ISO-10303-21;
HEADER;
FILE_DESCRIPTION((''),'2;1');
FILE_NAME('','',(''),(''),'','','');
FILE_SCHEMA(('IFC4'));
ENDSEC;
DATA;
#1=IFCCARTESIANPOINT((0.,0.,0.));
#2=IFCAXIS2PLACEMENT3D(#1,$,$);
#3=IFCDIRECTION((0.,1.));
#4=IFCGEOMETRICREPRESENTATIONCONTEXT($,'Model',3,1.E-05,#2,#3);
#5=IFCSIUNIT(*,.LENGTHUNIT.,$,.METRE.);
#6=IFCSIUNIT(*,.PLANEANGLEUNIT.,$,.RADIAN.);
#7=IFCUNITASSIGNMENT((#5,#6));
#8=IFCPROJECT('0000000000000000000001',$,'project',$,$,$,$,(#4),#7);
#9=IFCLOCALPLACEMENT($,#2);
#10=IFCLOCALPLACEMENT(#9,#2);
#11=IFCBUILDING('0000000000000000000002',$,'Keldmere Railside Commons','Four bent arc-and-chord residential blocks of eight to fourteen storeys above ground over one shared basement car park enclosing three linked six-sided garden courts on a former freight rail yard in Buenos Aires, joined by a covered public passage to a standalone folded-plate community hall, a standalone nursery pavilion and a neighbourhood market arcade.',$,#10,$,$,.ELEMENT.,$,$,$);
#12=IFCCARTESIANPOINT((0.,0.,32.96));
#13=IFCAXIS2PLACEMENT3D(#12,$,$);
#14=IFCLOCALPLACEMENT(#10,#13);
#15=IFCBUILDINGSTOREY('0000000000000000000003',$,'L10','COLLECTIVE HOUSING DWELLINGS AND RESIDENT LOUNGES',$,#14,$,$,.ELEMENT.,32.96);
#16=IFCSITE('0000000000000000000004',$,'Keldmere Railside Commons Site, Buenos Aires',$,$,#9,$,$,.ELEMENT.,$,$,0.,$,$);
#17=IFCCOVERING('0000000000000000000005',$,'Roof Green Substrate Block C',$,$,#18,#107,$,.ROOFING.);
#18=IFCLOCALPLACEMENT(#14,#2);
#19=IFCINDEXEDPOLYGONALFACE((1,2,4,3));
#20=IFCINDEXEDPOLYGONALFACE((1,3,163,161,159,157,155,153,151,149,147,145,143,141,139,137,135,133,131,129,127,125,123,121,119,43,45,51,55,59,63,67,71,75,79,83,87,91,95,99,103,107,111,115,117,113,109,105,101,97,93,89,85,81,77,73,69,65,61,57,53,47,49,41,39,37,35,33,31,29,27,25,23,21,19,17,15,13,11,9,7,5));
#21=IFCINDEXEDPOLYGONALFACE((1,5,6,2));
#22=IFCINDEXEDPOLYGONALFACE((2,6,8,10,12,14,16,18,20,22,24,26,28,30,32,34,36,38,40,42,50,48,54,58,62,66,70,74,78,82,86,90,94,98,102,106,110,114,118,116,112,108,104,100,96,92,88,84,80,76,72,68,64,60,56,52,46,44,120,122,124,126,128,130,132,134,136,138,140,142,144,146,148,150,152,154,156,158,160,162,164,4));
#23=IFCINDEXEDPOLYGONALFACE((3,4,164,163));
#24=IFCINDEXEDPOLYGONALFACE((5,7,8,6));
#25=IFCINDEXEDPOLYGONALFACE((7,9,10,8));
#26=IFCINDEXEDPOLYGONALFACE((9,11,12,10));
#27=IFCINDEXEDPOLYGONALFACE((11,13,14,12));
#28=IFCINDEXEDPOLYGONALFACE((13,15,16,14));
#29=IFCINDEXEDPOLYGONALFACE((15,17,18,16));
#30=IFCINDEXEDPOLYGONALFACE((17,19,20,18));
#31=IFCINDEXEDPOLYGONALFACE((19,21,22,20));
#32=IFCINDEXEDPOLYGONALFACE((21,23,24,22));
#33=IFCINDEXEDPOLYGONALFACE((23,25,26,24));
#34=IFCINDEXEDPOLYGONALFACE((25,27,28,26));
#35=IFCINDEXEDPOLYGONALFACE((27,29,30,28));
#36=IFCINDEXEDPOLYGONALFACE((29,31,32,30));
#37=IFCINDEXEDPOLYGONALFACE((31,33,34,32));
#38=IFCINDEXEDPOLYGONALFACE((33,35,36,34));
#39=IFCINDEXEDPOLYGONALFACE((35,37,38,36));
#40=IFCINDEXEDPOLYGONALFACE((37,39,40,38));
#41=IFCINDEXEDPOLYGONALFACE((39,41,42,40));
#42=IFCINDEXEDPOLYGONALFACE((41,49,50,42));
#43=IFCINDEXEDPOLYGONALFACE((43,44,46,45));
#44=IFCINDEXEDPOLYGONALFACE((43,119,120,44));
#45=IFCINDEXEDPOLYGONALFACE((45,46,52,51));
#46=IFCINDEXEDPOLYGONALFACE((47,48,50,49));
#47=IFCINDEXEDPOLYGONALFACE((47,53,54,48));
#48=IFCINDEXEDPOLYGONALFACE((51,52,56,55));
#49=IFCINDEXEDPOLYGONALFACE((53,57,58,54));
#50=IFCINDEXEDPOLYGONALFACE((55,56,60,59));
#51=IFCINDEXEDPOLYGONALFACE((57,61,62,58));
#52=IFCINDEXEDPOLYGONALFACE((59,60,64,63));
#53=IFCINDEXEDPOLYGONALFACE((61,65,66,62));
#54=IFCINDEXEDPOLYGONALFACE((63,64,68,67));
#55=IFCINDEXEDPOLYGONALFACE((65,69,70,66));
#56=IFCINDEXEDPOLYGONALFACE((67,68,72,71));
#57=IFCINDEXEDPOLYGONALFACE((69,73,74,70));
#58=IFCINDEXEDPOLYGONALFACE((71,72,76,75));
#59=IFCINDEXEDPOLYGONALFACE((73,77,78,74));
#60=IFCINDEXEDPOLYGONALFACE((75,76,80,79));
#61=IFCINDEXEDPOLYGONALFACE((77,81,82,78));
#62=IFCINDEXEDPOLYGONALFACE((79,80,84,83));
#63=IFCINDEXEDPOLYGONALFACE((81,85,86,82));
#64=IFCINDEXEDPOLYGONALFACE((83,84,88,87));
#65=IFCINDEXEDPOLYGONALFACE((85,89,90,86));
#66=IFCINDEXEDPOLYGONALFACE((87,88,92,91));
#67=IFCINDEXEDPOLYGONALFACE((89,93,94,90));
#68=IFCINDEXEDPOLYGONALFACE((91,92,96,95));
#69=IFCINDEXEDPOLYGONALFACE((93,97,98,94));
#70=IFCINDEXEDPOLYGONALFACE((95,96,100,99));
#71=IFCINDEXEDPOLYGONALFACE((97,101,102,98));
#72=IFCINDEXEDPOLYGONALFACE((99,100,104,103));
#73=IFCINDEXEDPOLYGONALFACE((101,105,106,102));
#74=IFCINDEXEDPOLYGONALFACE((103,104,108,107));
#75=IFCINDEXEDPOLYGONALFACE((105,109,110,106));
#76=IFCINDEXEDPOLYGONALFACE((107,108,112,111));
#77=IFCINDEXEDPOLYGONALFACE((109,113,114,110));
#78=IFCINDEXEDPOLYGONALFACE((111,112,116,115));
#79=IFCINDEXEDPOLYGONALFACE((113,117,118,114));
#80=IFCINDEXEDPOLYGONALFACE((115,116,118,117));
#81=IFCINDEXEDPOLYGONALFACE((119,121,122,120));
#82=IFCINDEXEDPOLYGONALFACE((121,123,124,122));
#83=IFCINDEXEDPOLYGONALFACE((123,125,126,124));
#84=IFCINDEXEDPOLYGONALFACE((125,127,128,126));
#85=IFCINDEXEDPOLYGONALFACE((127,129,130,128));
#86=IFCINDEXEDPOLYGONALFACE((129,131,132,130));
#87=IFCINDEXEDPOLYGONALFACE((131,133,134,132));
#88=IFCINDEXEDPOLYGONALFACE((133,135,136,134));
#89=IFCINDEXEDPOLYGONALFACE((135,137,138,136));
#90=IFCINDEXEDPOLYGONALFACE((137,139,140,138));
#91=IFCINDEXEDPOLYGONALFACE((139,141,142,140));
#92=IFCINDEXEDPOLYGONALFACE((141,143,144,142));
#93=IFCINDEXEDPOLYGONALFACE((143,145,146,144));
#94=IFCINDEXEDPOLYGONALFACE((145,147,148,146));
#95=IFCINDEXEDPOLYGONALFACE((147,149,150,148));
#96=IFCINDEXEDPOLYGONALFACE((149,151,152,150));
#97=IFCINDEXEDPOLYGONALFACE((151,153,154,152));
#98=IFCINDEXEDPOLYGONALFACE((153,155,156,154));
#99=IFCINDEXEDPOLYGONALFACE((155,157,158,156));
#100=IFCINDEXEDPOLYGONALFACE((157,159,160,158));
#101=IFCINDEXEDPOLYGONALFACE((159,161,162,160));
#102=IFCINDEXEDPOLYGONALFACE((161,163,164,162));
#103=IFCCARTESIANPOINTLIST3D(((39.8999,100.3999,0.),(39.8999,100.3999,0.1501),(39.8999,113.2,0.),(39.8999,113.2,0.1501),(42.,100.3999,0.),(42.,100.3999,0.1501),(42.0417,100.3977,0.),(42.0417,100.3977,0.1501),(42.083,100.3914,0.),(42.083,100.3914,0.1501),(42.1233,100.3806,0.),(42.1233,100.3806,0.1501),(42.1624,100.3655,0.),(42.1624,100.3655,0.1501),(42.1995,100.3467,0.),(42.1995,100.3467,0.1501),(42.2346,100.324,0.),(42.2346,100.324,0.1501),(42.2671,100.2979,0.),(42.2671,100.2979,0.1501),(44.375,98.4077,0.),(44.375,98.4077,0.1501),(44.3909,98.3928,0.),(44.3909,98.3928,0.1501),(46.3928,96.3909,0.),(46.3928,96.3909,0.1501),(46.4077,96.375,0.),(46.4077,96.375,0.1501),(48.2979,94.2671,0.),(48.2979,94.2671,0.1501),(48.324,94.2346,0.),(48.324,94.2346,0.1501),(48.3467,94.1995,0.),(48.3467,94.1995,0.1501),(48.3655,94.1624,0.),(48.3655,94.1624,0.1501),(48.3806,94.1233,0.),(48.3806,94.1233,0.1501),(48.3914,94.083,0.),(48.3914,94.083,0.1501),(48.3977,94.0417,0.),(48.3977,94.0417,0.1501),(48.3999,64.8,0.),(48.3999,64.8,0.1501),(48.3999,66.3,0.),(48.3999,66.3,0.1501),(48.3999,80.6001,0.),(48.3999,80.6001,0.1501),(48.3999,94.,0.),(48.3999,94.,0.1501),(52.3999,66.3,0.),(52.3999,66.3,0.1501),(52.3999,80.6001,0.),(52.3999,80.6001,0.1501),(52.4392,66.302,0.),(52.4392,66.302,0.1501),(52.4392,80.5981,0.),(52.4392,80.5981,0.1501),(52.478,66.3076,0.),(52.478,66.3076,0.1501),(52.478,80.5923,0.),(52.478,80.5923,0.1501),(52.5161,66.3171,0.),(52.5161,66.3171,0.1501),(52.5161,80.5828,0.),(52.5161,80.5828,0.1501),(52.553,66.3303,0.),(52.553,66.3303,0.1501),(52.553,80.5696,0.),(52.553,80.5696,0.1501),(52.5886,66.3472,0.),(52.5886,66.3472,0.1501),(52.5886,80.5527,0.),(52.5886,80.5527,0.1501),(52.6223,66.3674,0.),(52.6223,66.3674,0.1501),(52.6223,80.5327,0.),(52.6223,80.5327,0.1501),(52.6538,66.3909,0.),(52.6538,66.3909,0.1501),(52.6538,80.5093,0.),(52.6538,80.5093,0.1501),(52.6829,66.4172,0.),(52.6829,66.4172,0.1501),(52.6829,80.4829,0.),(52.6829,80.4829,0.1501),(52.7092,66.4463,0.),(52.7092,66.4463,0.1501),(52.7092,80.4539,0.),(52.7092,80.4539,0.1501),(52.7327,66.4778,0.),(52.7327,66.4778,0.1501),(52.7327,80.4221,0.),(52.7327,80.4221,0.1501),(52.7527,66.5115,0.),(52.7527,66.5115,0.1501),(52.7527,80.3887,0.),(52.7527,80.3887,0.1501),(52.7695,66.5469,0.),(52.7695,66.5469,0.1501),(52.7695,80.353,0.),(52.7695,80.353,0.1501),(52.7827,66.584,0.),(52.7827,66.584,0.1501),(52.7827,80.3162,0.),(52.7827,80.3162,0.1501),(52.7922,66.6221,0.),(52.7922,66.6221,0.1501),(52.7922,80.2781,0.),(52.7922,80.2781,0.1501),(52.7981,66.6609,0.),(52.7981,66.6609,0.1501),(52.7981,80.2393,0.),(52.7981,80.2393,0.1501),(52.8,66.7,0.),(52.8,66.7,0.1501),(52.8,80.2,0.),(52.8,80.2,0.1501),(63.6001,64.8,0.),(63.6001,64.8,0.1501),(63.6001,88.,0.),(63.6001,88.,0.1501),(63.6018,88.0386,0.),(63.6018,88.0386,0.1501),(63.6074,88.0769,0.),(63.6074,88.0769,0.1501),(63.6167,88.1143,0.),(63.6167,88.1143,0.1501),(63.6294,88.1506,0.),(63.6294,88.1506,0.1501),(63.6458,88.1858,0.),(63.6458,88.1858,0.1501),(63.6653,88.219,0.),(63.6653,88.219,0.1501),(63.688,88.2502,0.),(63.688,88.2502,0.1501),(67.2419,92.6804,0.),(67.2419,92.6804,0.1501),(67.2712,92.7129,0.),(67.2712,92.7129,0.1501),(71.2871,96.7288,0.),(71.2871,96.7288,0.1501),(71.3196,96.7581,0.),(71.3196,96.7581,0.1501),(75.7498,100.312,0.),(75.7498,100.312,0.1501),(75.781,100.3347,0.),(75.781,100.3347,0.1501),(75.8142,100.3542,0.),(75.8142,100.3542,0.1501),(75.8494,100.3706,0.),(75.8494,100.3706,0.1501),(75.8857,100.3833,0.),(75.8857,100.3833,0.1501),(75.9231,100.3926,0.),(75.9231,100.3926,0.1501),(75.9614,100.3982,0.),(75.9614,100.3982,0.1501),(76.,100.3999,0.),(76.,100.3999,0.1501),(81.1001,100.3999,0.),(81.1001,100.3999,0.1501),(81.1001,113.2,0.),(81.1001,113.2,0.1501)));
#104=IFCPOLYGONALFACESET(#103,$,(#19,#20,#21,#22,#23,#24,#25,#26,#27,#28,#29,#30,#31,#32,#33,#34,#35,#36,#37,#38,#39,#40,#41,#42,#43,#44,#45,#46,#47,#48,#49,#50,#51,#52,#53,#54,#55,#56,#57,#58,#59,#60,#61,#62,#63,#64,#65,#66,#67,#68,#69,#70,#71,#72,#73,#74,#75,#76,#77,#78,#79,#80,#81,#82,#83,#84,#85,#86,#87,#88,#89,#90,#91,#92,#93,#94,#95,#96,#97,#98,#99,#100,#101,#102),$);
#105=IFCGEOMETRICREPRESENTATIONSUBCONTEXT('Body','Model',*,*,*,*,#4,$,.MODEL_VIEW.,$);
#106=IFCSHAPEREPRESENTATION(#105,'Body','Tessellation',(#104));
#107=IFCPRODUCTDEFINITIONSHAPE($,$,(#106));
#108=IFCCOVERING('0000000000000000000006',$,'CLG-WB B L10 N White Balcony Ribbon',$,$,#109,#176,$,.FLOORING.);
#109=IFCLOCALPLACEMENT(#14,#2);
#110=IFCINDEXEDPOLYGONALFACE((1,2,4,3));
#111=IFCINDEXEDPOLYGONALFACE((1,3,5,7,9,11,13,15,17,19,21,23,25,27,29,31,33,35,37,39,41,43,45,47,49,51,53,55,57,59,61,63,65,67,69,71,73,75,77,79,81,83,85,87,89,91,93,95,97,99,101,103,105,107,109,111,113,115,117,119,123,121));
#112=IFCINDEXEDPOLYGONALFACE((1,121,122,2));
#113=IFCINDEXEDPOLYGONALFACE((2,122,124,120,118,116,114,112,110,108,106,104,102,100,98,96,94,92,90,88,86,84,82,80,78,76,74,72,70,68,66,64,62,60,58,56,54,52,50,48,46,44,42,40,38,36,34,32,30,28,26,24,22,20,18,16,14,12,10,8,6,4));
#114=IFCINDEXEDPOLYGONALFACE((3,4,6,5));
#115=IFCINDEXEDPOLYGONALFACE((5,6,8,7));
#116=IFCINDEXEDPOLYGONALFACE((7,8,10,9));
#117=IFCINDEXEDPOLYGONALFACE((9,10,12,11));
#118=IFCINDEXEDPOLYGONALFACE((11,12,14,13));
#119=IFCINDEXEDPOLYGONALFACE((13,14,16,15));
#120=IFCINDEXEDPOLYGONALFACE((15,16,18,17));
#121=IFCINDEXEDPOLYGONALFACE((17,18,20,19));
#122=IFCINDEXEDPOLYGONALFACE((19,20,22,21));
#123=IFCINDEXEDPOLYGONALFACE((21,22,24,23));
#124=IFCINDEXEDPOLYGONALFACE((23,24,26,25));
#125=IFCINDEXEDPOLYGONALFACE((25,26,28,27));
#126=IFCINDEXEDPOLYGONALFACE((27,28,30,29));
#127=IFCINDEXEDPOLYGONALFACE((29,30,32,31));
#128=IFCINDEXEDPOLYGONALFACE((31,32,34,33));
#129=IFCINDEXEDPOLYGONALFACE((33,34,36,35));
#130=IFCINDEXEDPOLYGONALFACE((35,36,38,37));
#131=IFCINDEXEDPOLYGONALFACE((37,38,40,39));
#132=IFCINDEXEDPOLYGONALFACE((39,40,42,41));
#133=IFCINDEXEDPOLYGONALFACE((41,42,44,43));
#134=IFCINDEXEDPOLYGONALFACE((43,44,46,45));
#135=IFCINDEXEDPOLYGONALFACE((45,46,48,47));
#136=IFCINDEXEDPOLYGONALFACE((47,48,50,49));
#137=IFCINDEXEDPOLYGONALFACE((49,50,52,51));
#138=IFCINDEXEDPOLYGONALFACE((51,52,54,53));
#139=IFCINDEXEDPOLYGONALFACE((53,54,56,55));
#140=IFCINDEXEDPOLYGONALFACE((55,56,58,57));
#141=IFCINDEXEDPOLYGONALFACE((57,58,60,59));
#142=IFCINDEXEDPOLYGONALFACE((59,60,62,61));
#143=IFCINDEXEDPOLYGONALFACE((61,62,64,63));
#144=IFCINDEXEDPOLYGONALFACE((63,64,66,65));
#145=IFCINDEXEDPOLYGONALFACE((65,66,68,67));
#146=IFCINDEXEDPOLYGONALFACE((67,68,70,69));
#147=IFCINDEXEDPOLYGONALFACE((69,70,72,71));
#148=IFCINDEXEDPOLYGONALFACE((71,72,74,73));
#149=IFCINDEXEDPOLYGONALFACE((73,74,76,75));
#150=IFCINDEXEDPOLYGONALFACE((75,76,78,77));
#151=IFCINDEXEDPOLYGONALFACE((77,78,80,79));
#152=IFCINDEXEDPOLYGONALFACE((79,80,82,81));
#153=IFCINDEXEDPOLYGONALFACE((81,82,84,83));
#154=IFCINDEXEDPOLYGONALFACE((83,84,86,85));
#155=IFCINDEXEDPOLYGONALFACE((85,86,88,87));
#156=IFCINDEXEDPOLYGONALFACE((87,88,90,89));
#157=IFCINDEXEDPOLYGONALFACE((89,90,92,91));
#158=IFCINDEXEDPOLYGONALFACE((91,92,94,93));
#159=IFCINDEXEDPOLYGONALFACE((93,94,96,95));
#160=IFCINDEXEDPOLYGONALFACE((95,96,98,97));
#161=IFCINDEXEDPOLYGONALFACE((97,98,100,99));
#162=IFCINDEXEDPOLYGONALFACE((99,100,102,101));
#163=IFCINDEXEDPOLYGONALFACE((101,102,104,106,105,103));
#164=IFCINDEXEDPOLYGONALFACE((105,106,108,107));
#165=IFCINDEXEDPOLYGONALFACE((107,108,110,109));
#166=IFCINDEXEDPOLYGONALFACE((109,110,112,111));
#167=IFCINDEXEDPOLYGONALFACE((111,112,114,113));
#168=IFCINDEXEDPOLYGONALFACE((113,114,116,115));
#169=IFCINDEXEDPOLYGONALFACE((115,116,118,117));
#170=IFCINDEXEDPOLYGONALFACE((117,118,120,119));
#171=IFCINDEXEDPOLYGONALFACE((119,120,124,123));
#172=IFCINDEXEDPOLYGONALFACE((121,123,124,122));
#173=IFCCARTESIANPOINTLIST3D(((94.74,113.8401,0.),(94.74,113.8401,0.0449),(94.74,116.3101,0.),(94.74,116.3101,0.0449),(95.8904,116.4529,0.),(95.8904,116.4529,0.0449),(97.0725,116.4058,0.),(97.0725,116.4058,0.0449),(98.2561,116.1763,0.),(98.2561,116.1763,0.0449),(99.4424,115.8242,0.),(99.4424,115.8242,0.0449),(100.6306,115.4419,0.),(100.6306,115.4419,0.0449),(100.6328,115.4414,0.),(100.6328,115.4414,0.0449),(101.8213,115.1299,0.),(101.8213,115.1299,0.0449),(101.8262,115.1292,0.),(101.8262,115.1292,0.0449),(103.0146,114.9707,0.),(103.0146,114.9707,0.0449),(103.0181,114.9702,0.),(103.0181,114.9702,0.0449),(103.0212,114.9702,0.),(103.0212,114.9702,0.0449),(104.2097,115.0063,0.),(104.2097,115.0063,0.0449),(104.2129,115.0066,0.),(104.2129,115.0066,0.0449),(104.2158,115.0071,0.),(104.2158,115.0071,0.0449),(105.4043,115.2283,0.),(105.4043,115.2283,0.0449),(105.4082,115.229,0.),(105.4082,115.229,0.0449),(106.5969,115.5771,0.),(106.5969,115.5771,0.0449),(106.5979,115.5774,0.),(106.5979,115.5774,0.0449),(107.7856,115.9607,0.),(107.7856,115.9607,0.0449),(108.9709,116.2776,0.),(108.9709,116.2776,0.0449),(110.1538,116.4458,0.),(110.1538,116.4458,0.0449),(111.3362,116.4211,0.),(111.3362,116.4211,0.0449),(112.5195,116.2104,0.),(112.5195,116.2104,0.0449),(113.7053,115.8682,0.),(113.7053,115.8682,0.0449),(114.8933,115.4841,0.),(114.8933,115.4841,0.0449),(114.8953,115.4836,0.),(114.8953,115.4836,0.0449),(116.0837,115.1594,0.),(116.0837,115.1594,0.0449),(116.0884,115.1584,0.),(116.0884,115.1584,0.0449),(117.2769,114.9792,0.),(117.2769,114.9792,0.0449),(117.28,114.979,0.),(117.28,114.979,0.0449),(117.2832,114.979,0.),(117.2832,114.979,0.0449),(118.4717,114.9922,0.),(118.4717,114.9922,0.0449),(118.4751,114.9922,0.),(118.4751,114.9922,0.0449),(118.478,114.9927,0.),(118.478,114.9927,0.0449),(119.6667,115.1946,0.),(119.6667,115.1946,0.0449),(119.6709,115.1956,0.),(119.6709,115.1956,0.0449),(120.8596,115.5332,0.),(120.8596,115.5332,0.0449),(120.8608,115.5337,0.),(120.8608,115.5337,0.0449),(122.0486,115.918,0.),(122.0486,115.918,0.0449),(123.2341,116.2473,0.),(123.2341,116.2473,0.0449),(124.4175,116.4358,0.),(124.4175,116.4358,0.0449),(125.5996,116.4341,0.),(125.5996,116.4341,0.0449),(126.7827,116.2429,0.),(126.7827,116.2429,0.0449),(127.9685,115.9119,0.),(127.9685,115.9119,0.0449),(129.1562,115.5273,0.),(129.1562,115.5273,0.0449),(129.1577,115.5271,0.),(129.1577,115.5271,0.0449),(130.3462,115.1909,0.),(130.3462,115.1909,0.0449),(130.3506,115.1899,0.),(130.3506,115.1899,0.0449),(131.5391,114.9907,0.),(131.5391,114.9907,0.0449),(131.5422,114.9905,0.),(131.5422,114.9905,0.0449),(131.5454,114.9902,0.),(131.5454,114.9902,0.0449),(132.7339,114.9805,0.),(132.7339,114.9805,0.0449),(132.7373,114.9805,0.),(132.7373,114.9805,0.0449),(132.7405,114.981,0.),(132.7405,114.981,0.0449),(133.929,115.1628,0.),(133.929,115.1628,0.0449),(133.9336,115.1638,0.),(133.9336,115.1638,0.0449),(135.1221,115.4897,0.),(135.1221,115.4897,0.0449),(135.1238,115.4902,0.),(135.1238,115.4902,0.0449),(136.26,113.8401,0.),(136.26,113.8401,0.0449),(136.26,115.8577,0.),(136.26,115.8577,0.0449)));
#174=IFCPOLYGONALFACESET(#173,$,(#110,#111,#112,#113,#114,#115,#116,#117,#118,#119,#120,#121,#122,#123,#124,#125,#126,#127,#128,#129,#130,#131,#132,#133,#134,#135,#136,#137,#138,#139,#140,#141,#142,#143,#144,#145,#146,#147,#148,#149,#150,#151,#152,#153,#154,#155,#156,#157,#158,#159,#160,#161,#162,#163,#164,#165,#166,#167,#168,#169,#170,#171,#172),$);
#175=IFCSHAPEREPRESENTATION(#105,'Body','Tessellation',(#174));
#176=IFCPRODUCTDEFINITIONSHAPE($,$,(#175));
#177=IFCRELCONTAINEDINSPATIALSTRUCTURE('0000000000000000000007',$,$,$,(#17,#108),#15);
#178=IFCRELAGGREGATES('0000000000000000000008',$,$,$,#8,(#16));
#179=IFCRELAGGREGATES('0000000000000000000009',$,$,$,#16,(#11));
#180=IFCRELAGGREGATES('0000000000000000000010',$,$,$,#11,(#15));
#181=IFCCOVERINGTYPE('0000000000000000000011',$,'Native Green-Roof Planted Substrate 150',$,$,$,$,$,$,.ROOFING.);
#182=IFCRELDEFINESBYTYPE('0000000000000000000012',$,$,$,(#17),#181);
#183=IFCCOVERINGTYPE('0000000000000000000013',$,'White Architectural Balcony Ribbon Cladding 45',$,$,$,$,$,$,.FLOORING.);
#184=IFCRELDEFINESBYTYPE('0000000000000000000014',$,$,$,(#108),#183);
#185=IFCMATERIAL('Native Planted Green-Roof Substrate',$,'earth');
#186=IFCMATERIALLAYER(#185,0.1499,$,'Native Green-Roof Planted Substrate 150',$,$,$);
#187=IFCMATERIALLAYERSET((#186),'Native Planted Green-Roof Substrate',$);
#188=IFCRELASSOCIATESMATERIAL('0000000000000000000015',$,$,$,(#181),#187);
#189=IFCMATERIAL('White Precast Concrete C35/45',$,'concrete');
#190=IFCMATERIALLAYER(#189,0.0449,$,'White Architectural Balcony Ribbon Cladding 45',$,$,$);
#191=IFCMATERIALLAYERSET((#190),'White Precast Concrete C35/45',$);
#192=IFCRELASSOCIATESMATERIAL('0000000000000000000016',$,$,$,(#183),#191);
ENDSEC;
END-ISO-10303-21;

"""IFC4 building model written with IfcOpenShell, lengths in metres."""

from ifc_helpers import new_model, si_unit, direction, frame, origin, place, context, subcontext, project, spatial, polyline, outline, extrude, material, layer, layer_set, type_object, element, save


model = new_model("IFC4")

# Units and contexts
model_context = context("Model", 3, precision=1e-05, world=origin(), true_north=direction((0.0, 1.0)))
body_context = subcontext(model_context, "Body", "Model", "MODEL_VIEW")
ifc_project = project(units=[si_unit("LENGTHUNIT", "METRE"), si_unit("PLANEANGLEUNIT", "RADIAN")], contexts=[model_context])

# Site, building, storey
site_placement = place(None, origin())
site = spatial("IfcSite", under=ifc_project, at=site_placement, Name="Keldmere Railside Commons Site, Buenos Aires", CompositionType="ELEMENT", RefElevation=0.0)
building_placement = place(site_placement, origin())
building = spatial("IfcBuilding", under=site, at=building_placement, Name="Keldmere Railside Commons", Description="Four bent arc-and-chord residential blocks of eight to fourteen storeys above ground over one shared basement car park enclosing three linked six-sided garden courts on a former freight rail yard in Buenos Aires, joined by a covered public passage to a standalone folded-plate community hall, a standalone nursery pavilion and a neighbourhood market arcade.", CompositionType="ELEMENT")
storey_placement = place(building_placement, frame((0.0, 0.0, 32.96)))
storey = spatial("IfcBuildingStorey", under=building, at=storey_placement, Name="L10", Description="COLLECTIVE HOUSING DWELLINGS AND RESIDENT LOUNGES", CompositionType="ELEMENT", Elevation=32.96)

# Coverings
ifc_material_1 = material(Name="Native Planted Green-Roof Substrate", Category="earth")
ifc_layer_1 = layer(ifc_material_1, 0.1499, Name="Native Green-Roof Planted Substrate 150")
ifc_layer_set_1 = layer_set([ifc_layer_1], Name="Native Planted Green-Roof Substrate")
covering_type_1 = type_object("IfcCoveringType", Name="Native Green-Roof Planted Substrate 150", PredefinedType="ROOFING", material=ifc_layer_set_1)
covering_1_placement = place(storey_placement, origin())
element("IfcCovering", 1, at=covering_1_placement, inside=storey, type_object=covering_type_1, Name="Roof Green Substrate Block C", PredefinedType="ROOFING", context=body_context, shape_type="SweptSolid", body=[
    extrude(outline(polyline([(48.3999, 80.6001), (52.3999, 80.6001), (52.4392, 80.5981), (52.478, 80.5923), (52.5161, 80.5828), (52.553, 80.5696), (52.5886, 80.5527), (52.6223, 80.5327), (52.6538, 80.5093), (52.6829, 80.4829), (52.7092, 80.4539), (52.7327, 80.4221), (52.7527, 80.3887), (52.7695, 80.353), (52.7827, 80.3162), (52.7922, 80.2781), (52.7981, 80.2393), (52.8, 80.2), (52.8, 66.7), (52.7981, 66.6609), (52.7922, 66.6221), (52.7827, 66.584), (52.7695, 66.5469), (52.7527, 66.5115), (52.7327, 66.4778), (52.7092, 66.4463), (52.6829, 66.4172), (52.6538, 66.3909), (52.6223, 66.3674), (52.5886, 66.3472), (52.553, 66.3303), (52.5161, 66.3171), (52.478, 66.3076), (52.4392, 66.302), (52.3999, 66.3), (48.3999, 66.3), (48.3999, 64.8), (63.6001, 64.8), (63.6001, 88.0), (63.6018, 88.0386), (63.6074, 88.0769), (63.6167, 88.1143), (63.6294, 88.1506), (63.6458, 88.1858), (63.6653, 88.219), (63.688, 88.2502), (67.2419, 92.6804), (67.2712, 92.7129), (71.2871, 96.7288), (71.3196, 96.7581), (75.7498, 100.312), (75.781, 100.3347), (75.8142, 100.3542), (75.8494, 100.3706), (75.8857, 100.3833), (75.9231, 100.3926), (75.9614, 100.3982), (76.0, 100.3999), (81.1001, 100.3999), (81.1001, 113.2), (39.8999, 113.2), (39.8999, 100.3999), (42.0, 100.3999), (42.0417, 100.3977), (42.083, 100.3914), (42.1233, 100.3806), (42.1624, 100.3655), (42.1995, 100.3467), (42.2346, 100.324), (42.2671, 100.2979), (44.375, 98.4077), (44.3909, 98.3928), (46.3928, 96.3909), (46.4077, 96.375), (48.2979, 94.2671), (48.324, 94.2346), (48.3467, 94.1995), (48.3655, 94.1624), (48.3806, 94.1233), (48.3914, 94.083), (48.3977, 94.0417), (48.3999, 94.0), (48.3999, 80.6001)])), origin(), (0.0, 0.0, 1.0), 0.1501),
])
ifc_material_2 = material(Name="White Precast Concrete C35/45", Category="concrete")
ifc_layer_2 = layer(ifc_material_2, 0.0449, Name="White Architectural Balcony Ribbon Cladding 45")
ifc_layer_set_2 = layer_set([ifc_layer_2], Name="White Precast Concrete C35/45")
covering_type_2 = type_object("IfcCoveringType", Name="White Architectural Balcony Ribbon Cladding 45", PredefinedType="FLOORING", material=ifc_layer_set_2)
covering_2_placement = place(storey_placement, origin())
element("IfcCovering", 2, at=covering_2_placement, inside=storey, type_object=covering_type_2, Name="CLG-WB B L10 N White Balcony Ribbon", PredefinedType="FLOORING", context=body_context, shape_type="SweptSolid", body=[
    extrude(outline(polyline([(136.26, 113.8401), (136.26, 115.8577), (135.1238, 115.4902), (135.1221, 115.4897), (133.9336, 115.1638), (133.929, 115.1628), (132.7405, 114.981), (132.7373, 114.9805), (132.7339, 114.9805), (131.5454, 114.9902), (131.5422, 114.9905), (131.5391, 114.9907), (130.3506, 115.1899), (130.3462, 115.1909), (129.1577, 115.5271), (129.1562, 115.5273), (127.9685, 115.9119), (126.7827, 116.2429), (125.5996, 116.4341), (124.4175, 116.4358), (123.2341, 116.2473), (122.0486, 115.918), (120.8608, 115.5337), (120.8596, 115.5332), (119.6709, 115.1956), (119.6667, 115.1946), (118.478, 114.9927), (118.4751, 114.9922), (118.4717, 114.9922), (117.2832, 114.979), (117.28, 114.979), (117.2769, 114.9792), (116.0884, 115.1584), (116.0837, 115.1594), (114.8953, 115.4836), (114.8933, 115.4841), (113.7053, 115.8682), (112.5195, 116.2104), (111.3362, 116.4211), (110.1538, 116.4458), (108.9709, 116.2776), (107.7856, 115.9607), (106.5979, 115.5774), (106.5969, 115.5771), (105.4082, 115.229), (105.4043, 115.2283), (104.2158, 115.0071), (104.2129, 115.0066), (104.2097, 115.0063), (103.0212, 114.9702), (103.0181, 114.9702), (103.0146, 114.9707), (101.8262, 115.1292), (101.8213, 115.1299), (100.6328, 115.4414), (100.6306, 115.4419), (99.4424, 115.8242), (98.2561, 116.1763), (97.0725, 116.4058), (95.8904, 116.4529), (94.74, 116.3101), (94.74, 113.8401), (136.26, 113.8401)])), origin(), (0.0, 0.0, 1.0), 0.0449),
])

save(model, "model.ifc")
